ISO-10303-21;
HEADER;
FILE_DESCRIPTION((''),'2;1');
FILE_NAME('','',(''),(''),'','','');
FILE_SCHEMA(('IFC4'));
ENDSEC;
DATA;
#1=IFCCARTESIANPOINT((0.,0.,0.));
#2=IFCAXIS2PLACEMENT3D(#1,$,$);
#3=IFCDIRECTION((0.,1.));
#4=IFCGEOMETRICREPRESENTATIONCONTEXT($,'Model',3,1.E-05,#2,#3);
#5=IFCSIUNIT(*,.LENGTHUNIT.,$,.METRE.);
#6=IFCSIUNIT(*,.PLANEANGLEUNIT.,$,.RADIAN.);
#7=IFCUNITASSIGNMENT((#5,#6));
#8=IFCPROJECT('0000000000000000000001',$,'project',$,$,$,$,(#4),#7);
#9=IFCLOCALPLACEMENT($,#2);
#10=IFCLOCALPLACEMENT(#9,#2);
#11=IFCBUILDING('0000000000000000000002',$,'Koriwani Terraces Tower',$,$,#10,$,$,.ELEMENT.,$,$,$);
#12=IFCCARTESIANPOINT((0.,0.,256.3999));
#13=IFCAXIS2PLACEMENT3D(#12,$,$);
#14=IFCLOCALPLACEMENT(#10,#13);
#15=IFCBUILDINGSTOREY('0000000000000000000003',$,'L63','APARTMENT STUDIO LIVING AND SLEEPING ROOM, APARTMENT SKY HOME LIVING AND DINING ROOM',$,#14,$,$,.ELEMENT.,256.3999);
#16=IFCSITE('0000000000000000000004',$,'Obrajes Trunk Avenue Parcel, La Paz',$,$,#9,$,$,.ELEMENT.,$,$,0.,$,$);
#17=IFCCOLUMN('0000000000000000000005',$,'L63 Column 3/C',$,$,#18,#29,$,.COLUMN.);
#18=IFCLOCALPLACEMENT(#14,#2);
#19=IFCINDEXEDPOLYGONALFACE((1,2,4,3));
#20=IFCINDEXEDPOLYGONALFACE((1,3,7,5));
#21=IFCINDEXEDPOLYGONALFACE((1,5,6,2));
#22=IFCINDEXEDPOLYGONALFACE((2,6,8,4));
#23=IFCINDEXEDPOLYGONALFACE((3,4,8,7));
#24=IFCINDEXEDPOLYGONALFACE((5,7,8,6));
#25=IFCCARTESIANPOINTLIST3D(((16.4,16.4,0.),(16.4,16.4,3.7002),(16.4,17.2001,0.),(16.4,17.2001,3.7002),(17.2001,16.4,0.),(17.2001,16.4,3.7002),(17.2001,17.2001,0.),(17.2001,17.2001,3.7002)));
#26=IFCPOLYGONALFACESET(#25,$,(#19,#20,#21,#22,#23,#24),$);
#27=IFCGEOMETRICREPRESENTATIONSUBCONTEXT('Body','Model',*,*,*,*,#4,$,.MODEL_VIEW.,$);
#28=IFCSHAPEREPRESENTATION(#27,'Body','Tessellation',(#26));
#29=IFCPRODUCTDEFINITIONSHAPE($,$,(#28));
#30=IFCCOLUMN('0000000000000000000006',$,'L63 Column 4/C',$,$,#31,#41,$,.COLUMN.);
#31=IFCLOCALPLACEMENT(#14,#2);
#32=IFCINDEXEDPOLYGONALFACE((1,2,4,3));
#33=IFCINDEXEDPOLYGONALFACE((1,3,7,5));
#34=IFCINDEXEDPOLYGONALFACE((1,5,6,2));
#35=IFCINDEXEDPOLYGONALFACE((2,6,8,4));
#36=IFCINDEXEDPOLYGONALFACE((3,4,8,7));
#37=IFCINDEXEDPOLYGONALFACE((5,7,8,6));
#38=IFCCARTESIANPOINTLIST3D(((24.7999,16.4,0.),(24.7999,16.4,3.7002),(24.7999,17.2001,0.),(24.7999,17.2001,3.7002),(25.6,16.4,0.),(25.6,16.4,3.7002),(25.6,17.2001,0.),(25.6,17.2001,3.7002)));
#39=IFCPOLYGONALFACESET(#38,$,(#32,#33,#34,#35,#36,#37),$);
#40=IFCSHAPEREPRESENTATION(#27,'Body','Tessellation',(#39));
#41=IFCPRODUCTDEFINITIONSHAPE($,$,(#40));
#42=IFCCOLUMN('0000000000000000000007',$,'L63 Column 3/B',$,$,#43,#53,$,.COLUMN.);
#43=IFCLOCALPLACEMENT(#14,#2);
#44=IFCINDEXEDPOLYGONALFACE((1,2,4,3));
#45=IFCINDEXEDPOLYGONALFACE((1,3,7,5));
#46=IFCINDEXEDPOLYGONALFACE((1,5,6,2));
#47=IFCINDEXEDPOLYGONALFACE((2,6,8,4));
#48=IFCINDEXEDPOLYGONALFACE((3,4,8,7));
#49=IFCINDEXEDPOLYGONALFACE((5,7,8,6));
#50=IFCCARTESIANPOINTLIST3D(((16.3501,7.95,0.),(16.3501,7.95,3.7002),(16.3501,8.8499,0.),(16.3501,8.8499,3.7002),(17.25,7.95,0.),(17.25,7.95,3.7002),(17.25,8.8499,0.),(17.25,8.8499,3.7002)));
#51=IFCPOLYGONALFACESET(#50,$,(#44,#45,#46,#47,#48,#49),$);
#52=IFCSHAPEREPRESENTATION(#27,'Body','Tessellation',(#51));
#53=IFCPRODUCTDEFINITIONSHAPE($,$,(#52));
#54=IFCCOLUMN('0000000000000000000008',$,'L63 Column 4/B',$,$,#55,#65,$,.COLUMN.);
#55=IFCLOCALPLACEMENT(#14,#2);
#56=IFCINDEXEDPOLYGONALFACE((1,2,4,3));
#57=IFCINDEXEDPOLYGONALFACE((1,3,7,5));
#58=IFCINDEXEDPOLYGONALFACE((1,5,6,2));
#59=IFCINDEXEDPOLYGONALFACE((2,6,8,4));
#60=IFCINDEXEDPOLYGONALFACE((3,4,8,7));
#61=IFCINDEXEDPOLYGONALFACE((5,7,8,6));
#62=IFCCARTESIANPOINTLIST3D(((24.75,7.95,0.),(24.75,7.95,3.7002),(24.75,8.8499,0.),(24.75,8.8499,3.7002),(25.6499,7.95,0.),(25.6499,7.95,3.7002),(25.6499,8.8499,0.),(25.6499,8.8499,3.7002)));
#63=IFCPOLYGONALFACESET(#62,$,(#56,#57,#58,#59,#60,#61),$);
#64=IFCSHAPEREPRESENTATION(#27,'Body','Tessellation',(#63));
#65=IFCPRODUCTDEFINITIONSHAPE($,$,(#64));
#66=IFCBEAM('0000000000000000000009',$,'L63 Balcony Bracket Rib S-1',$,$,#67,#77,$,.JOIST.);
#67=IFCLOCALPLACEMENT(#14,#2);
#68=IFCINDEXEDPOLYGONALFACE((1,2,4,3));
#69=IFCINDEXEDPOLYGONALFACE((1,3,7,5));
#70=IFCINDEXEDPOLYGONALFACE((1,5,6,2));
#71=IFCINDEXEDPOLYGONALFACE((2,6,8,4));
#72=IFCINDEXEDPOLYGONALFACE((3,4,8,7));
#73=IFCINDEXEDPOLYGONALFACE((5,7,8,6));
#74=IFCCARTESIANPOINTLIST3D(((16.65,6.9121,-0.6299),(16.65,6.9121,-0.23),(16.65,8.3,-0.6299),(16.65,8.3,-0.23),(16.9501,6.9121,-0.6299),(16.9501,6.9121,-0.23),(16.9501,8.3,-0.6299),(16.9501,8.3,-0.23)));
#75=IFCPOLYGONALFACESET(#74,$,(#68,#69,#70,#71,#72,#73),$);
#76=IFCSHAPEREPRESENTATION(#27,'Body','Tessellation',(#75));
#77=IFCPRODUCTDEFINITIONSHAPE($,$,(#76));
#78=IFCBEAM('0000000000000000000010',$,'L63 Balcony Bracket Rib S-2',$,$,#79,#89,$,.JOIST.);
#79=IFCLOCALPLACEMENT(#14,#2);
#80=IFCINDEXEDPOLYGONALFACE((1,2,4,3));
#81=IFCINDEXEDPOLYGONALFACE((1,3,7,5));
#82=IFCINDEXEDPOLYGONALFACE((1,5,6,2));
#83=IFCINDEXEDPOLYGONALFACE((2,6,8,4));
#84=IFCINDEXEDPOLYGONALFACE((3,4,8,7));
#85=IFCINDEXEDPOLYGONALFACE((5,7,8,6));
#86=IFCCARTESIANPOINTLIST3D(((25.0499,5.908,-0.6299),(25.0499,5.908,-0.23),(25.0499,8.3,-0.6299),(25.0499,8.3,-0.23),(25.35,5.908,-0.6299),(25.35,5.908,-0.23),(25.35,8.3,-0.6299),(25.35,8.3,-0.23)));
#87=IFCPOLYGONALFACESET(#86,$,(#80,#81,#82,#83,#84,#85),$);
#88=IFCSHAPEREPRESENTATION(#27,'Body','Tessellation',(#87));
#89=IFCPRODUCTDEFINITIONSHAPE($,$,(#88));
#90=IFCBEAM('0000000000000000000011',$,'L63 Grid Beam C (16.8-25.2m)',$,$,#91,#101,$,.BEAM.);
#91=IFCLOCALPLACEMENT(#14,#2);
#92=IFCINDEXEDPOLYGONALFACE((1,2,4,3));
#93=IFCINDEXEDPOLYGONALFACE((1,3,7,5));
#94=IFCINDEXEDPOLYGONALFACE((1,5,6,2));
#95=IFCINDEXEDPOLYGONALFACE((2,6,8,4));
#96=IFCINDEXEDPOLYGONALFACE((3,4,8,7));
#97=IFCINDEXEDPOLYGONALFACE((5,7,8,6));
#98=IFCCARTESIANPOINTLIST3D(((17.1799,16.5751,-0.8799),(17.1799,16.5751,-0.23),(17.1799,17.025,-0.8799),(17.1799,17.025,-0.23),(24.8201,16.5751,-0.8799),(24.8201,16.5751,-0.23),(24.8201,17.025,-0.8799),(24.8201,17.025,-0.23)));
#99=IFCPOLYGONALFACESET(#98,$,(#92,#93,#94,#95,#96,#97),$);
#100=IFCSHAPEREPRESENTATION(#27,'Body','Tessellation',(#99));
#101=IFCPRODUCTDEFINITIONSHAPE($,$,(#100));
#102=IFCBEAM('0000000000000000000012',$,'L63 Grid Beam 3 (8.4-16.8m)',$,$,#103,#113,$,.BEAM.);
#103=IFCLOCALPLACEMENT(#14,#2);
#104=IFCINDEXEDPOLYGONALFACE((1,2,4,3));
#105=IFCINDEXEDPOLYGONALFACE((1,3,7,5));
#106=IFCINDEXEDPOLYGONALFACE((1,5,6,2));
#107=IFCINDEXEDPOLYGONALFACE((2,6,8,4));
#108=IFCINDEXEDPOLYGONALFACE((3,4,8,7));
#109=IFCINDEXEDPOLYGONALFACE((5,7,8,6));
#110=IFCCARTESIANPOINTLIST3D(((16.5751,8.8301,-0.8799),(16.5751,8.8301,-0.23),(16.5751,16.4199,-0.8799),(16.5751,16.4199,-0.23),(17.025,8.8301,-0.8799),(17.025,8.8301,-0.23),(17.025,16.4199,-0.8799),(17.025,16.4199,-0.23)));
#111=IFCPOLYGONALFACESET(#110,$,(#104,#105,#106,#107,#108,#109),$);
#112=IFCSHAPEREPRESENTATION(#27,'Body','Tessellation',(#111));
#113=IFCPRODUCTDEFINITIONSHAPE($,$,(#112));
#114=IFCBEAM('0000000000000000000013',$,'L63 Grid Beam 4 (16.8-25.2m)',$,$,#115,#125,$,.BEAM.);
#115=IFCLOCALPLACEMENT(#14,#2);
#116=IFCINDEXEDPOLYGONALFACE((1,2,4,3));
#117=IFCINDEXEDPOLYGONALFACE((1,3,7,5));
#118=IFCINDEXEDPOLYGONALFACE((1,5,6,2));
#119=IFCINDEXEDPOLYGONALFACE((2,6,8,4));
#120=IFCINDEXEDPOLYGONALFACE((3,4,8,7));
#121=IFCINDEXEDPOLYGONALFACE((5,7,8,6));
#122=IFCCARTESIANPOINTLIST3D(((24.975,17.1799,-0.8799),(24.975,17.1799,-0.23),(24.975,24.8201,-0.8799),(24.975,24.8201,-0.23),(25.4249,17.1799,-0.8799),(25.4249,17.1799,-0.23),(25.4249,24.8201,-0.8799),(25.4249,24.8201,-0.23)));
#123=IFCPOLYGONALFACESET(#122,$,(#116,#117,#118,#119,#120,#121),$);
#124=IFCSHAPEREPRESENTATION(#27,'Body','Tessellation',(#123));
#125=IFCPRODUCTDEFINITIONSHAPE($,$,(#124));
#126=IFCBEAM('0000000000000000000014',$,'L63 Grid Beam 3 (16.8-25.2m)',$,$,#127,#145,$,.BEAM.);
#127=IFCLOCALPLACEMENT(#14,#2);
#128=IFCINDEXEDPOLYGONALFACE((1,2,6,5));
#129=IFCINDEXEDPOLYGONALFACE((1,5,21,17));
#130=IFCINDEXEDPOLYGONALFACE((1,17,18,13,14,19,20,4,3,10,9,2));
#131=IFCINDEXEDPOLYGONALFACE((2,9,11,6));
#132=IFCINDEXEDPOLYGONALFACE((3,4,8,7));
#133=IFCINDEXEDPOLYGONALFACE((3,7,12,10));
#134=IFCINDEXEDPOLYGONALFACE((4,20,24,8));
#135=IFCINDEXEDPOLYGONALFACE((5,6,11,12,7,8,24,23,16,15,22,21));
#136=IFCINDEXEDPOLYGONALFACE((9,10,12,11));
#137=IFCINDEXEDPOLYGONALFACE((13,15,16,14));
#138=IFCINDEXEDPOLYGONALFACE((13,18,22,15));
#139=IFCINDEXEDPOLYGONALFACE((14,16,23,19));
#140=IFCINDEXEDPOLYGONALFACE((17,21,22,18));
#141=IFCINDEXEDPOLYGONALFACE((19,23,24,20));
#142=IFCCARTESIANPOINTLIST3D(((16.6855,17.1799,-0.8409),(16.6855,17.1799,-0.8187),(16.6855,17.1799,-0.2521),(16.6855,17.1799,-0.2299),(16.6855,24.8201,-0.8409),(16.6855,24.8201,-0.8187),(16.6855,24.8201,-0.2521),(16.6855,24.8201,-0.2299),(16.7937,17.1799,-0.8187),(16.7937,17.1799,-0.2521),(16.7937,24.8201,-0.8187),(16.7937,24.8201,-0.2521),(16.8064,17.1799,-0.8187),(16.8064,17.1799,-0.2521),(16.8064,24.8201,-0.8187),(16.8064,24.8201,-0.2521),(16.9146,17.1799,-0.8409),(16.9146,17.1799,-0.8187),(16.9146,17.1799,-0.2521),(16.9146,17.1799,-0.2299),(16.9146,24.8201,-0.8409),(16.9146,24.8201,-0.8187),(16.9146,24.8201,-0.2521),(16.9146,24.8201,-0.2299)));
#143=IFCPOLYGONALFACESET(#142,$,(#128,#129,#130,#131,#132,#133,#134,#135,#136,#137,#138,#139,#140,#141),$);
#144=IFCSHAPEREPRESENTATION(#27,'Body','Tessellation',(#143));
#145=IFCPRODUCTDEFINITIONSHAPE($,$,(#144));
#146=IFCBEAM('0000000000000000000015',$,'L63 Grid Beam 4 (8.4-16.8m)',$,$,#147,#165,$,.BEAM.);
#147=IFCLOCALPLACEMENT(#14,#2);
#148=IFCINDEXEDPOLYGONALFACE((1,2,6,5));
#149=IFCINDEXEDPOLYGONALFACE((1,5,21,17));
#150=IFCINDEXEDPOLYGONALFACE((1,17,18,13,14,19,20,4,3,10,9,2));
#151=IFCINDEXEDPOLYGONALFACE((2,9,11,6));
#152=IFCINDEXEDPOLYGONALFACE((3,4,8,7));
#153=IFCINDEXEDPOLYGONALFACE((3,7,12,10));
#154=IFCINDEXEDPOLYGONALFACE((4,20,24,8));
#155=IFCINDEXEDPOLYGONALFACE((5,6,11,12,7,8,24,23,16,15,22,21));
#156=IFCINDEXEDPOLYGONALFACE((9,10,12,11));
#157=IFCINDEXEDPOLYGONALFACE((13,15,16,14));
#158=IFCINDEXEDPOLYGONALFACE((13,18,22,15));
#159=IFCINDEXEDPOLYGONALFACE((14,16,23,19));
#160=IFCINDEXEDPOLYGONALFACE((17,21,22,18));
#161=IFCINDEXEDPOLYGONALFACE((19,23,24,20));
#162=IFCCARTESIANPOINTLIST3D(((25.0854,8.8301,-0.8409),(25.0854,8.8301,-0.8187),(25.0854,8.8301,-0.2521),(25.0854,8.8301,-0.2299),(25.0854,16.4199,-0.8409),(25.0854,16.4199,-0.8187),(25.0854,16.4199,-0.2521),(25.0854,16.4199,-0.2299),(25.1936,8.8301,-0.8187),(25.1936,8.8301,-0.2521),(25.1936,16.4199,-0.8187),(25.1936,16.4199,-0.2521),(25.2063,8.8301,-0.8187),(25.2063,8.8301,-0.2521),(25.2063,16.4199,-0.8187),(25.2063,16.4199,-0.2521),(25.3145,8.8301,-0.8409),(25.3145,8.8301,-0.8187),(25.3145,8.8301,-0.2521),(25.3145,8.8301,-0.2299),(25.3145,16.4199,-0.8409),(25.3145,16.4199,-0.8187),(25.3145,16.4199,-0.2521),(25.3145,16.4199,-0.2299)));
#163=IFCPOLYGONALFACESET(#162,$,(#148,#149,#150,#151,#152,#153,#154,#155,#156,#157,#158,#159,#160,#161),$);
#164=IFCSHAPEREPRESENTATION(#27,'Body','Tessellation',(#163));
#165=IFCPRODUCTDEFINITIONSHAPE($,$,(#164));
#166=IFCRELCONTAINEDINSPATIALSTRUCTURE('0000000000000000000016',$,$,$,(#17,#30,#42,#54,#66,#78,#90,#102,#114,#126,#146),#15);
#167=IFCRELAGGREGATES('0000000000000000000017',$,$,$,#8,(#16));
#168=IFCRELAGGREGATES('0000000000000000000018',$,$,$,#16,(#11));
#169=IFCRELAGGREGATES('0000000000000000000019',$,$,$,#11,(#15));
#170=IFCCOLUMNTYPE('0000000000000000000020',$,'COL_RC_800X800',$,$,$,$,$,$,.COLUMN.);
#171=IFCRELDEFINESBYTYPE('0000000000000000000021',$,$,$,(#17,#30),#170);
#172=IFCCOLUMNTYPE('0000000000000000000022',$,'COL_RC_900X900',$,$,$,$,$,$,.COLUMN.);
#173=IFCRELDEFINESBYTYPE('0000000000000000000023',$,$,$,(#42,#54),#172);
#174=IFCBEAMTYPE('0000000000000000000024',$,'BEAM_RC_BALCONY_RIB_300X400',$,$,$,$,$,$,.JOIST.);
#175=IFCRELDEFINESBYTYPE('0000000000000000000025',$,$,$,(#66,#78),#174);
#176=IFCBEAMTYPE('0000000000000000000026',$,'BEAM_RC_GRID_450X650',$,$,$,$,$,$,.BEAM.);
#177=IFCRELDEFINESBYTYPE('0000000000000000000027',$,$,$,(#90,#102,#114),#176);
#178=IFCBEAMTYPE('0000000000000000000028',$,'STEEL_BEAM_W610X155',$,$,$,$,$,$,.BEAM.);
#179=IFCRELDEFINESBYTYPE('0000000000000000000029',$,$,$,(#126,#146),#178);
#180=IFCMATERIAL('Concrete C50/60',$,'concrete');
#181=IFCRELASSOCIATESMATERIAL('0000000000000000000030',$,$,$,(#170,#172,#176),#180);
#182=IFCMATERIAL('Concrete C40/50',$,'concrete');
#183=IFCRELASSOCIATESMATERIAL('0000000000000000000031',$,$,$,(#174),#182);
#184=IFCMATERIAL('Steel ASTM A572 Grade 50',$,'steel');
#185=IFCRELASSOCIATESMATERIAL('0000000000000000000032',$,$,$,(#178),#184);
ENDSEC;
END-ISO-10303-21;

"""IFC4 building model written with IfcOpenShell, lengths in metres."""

from ifc_helpers import new_model, si_unit, direction, frame, origin, origin_2d, place, context, subcontext, project, spatial, rectangle, i_section, extrude, material, material_profile, profile_set, type_object, element, save


model = new_model("IFC4")

# Units and contexts
model_context = context("Model", 3, precision=1e-05, world=origin(), true_north=direction((0.0, 1.0)))
body_context = subcontext(model_context, "Body", "Model", "MODEL_VIEW")
ifc_project = project(units=[si_unit("LENGTHUNIT", "METRE"), si_unit("PLANEANGLEUNIT", "RADIAN")], contexts=[model_context])

# Site, building, storey
site_placement = place(None, origin())
site = spatial("IfcSite", under=ifc_project, at=site_placement, Name="Obrajes Trunk Avenue Parcel, La Paz", CompositionType="ELEMENT", RefElevation=0.0)
building_placement = place(site_placement, origin())
building = spatial("IfcBuilding", under=site, at=building_placement, Name="Koriwani Terraces Tower", CompositionType="ELEMENT")
storey_placement = place(building_placement, frame((0.0, 0.0, 256.3999)))
storey = spatial("IfcBuildingStorey", under=building, at=storey_placement, Name="L63", Description="APARTMENT STUDIO LIVING AND SLEEPING ROOM, APARTMENT SKY HOME LIVING AND DINING ROOM", CompositionType="ELEMENT", Elevation=256.3999)

# Columns
ifc_material_1 = material(Name="Concrete C50/60", Category="concrete")
ifc_material_profile_1 = material_profile(ifc_material_1, rectangle(XDim=0.8, YDim=0.8, at=origin_2d()), Name="Concrete C50/60", Category="LoadBearing")
ifc_profile_set_1 = profile_set([ifc_material_profile_1], Name="Concrete C50/60")
column_type_1 = type_object("IfcColumnType", Name="COL_RC_800X800", PredefinedType="COLUMN", material=ifc_profile_set_1)
for number, where, z_axis, x_axis, name in (
    (1, (16.8, 16.8, 0.0), (0.0, 0.0, 1.0), (1.0, 0.0, 0.0), "L63 Column 3/C"),
    (2, (25.2, 16.8, 0.0), (0.0, 0.0, 1.0), (1.0, 0.0, 0.0), "L63 Column 4/C"),
):
    element("IfcColumn", number, at=place(storey_placement, frame(where, z_axis=z_axis, x_axis=x_axis)), inside=storey, type_object=column_type_1, Name=name, PredefinedType="COLUMN", context=body_context, shape_type="SweptSolid", body=[
        extrude(rectangle(XDim=0.8, YDim=0.8, at=origin_2d()), origin(), (0.0, 0.0, 1.0), 3.7002),
    ])
ifc_material_profile_2 = material_profile(ifc_material_1, rectangle(XDim=0.8999, YDim=0.8999, at=origin_2d()), Name="Concrete C50/60", Category="LoadBearing")
ifc_profile_set_2 = profile_set([ifc_material_profile_2], Name="Concrete C50/60")
column_type_2 = type_object("IfcColumnType", Name="COL_RC_900X900", PredefinedType="COLUMN", material=ifc_profile_set_2)
for number, where, z_axis, x_axis, name in (
    (3, (16.8, 8.3999, 0.0), (0.0, 0.0, 1.0), (1.0, 0.0, 0.0), "L63 Column 3/B"),
    (4, (25.2, 8.3999, 0.0), (0.0, 0.0, 1.0), (1.0, 0.0, 0.0), "L63 Column 4/B"),
):
    element("IfcColumn", number, at=place(storey_placement, frame(where, z_axis=z_axis, x_axis=x_axis)), inside=storey, type_object=column_type_2, Name=name, PredefinedType="COLUMN", context=body_context, shape_type="SweptSolid", body=[
        extrude(rectangle(XDim=0.8999, YDim=0.8999, at=origin_2d()), origin(), (0.0, 0.0, 1.0), 3.7002),
    ])

# Beams
ifc_material_2 = material(Name="Concrete C40/50", Category="concrete")
ifc_material_profile_3 = material_profile(ifc_material_2, rectangle(XDim=0.3, YDim=0.3999, at=origin_2d()), Name="Concrete C40/50", Category="LoadBearing")
ifc_profile_set_3 = profile_set([ifc_material_profile_3], Name="Concrete C40/50")
beam_type_1 = type_object("IfcBeamType", Name="BEAM_RC_BALCONY_RIB_300X400", PredefinedType="JOIST", material=ifc_profile_set_3)
beam_1_placement = place(storey_placement, frame((16.8, 6.9121, -0.4299), z_axis=(0.0, 1.0, 0.0), x_axis=(-1.0, 0.0, 0.0)))
element("IfcBeam", 5, at=beam_1_placement, inside=storey, type_object=beam_type_1, Name="L63 Balcony Bracket Rib S-1", PredefinedType="JOIST", context=body_context, shape_type="SweptSolid", body=[
    extrude(rectangle(XDim=0.3, YDim=0.3999, at=origin_2d()), origin(), (0.0, 0.0, 1.0), 1.3879),
])
beam_2_placement = place(storey_placement, frame((25.2, 5.908, -0.4299), z_axis=(0.0, 1.0, 0.0), x_axis=(-1.0, 0.0, 0.0)))
element("IfcBeam", 6, at=beam_2_placement, inside=storey, type_object=beam_type_1, Name="L63 Balcony Bracket Rib S-2", PredefinedType="JOIST", context=body_context, shape_type="SweptSolid", body=[
    extrude(rectangle(XDim=0.3, YDim=0.3999, at=origin_2d()), origin(), (0.0, 0.0, 1.0), 2.3921),
])
ifc_material_profile_4 = material_profile(ifc_material_1, rectangle(XDim=0.45, YDim=0.6499, at=origin_2d()), Name="Concrete C50/60", Category="LoadBearing")
ifc_profile_set_4 = profile_set([ifc_material_profile_4], Name="Concrete C50/60")
beam_type_2 = type_object("IfcBeamType", Name="BEAM_RC_GRID_450X650", PredefinedType="BEAM", material=ifc_profile_set_4)
beam_3_placement = place(storey_placement, frame((17.1799, 16.8, -0.5549), z_axis=(1.0, 0.0, 0.0), x_axis=(0.0, 1.0, 0.0)))
element("IfcBeam", 7, at=beam_3_placement, inside=storey, type_object=beam_type_2, Name="L63 Grid Beam C (16.8-25.2m)", PredefinedType="BEAM", context=body_context, shape_type="SweptSolid", body=[
    extrude(rectangle(XDim=0.45, YDim=0.6499, at=origin_2d()), origin(), (0.0, 0.0, 1.0), 7.6401),
])
beam_4_placement = place(storey_placement, frame((16.8, 8.8301, -0.5549), z_axis=(0.0, 1.0, 0.0), x_axis=(-1.0, 0.0, 0.0)))
element("IfcBeam", 8, at=beam_4_placement, inside=storey, type_object=beam_type_2, Name="L63 Grid Beam 3 (8.4-16.8m)", PredefinedType="BEAM", context=body_context, shape_type="SweptSolid", body=[
    extrude(rectangle(XDim=0.45, YDim=0.6499, at=origin_2d()), origin(), (0.0, 0.0, 1.0), 7.5898),
])
beam_5_placement = place(storey_placement, frame((25.2, 17.1799, -0.5549), z_axis=(0.0, 1.0, 0.0), x_axis=(-1.0, 0.0, 0.0)))
element("IfcBeam", 9, at=beam_5_placement, inside=storey, type_object=beam_type_2, Name="L63 Grid Beam 4 (16.8-25.2m)", PredefinedType="BEAM", context=body_context, shape_type="SweptSolid", body=[
    extrude(rectangle(XDim=0.45, YDim=0.6499, at=origin_2d()), origin(), (0.0, 0.0, 1.0), 7.6401),
])
ifc_material_3 = material(Name="Steel ASTM A572 Grade 50", Category="steel")
ifc_material_profile_5 = material_profile(ifc_material_3, i_section(OverallWidth=0.229, OverallDepth=0.6111, WebThickness=0.0127, FlangeThickness=0.0222, at=origin_2d()), Name="Steel ASTM A572 Grade 50", Category="LoadBearing")
ifc_profile_set_5 = profile_set([ifc_material_profile_5], Name="Steel ASTM A572 Grade 50")
beam_type_3 = type_object("IfcBeamType", Name="STEEL_BEAM_W610X155", PredefinedType="BEAM", material=ifc_profile_set_5)
beam_6_placement = place(storey_placement, frame((16.8, 17.1799, -0.5354), z_axis=(0.0, 1.0, 0.0), x_axis=(-1.0, 0.0, 0.0)))
element("IfcBeam", 10, at=beam_6_placement, inside=storey, type_object=beam_type_3, Name="L63 Grid Beam 3 (16.8-25.2m)", PredefinedType="BEAM", context=body_context, shape_type="SweptSolid", body=[
    extrude(i_section(OverallWidth=0.229, OverallDepth=0.6111, WebThickness=0.0127, FlangeThickness=0.0222, at=origin_2d()), origin(), (0.0, 0.0, 1.0), 7.6401),
])
beam_7_placement = place(storey_placement, frame((25.2, 8.8301, -0.5354), z_axis=(0.0, 1.0, 0.0), x_axis=(-1.0, 0.0, 0.0)))
element("IfcBeam", 11, at=beam_7_placement, inside=storey, type_object=beam_type_3, Name="L63 Grid Beam 4 (8.4-16.8m)", PredefinedType="BEAM", context=body_context, shape_type="SweptSolid", body=[
    extrude(i_section(OverallWidth=0.229, OverallDepth=0.6111, WebThickness=0.0127, FlangeThickness=0.0222, at=origin_2d()), origin(), (0.0, 0.0, 1.0), 7.5898),
])

save(model, "model.ifc")
